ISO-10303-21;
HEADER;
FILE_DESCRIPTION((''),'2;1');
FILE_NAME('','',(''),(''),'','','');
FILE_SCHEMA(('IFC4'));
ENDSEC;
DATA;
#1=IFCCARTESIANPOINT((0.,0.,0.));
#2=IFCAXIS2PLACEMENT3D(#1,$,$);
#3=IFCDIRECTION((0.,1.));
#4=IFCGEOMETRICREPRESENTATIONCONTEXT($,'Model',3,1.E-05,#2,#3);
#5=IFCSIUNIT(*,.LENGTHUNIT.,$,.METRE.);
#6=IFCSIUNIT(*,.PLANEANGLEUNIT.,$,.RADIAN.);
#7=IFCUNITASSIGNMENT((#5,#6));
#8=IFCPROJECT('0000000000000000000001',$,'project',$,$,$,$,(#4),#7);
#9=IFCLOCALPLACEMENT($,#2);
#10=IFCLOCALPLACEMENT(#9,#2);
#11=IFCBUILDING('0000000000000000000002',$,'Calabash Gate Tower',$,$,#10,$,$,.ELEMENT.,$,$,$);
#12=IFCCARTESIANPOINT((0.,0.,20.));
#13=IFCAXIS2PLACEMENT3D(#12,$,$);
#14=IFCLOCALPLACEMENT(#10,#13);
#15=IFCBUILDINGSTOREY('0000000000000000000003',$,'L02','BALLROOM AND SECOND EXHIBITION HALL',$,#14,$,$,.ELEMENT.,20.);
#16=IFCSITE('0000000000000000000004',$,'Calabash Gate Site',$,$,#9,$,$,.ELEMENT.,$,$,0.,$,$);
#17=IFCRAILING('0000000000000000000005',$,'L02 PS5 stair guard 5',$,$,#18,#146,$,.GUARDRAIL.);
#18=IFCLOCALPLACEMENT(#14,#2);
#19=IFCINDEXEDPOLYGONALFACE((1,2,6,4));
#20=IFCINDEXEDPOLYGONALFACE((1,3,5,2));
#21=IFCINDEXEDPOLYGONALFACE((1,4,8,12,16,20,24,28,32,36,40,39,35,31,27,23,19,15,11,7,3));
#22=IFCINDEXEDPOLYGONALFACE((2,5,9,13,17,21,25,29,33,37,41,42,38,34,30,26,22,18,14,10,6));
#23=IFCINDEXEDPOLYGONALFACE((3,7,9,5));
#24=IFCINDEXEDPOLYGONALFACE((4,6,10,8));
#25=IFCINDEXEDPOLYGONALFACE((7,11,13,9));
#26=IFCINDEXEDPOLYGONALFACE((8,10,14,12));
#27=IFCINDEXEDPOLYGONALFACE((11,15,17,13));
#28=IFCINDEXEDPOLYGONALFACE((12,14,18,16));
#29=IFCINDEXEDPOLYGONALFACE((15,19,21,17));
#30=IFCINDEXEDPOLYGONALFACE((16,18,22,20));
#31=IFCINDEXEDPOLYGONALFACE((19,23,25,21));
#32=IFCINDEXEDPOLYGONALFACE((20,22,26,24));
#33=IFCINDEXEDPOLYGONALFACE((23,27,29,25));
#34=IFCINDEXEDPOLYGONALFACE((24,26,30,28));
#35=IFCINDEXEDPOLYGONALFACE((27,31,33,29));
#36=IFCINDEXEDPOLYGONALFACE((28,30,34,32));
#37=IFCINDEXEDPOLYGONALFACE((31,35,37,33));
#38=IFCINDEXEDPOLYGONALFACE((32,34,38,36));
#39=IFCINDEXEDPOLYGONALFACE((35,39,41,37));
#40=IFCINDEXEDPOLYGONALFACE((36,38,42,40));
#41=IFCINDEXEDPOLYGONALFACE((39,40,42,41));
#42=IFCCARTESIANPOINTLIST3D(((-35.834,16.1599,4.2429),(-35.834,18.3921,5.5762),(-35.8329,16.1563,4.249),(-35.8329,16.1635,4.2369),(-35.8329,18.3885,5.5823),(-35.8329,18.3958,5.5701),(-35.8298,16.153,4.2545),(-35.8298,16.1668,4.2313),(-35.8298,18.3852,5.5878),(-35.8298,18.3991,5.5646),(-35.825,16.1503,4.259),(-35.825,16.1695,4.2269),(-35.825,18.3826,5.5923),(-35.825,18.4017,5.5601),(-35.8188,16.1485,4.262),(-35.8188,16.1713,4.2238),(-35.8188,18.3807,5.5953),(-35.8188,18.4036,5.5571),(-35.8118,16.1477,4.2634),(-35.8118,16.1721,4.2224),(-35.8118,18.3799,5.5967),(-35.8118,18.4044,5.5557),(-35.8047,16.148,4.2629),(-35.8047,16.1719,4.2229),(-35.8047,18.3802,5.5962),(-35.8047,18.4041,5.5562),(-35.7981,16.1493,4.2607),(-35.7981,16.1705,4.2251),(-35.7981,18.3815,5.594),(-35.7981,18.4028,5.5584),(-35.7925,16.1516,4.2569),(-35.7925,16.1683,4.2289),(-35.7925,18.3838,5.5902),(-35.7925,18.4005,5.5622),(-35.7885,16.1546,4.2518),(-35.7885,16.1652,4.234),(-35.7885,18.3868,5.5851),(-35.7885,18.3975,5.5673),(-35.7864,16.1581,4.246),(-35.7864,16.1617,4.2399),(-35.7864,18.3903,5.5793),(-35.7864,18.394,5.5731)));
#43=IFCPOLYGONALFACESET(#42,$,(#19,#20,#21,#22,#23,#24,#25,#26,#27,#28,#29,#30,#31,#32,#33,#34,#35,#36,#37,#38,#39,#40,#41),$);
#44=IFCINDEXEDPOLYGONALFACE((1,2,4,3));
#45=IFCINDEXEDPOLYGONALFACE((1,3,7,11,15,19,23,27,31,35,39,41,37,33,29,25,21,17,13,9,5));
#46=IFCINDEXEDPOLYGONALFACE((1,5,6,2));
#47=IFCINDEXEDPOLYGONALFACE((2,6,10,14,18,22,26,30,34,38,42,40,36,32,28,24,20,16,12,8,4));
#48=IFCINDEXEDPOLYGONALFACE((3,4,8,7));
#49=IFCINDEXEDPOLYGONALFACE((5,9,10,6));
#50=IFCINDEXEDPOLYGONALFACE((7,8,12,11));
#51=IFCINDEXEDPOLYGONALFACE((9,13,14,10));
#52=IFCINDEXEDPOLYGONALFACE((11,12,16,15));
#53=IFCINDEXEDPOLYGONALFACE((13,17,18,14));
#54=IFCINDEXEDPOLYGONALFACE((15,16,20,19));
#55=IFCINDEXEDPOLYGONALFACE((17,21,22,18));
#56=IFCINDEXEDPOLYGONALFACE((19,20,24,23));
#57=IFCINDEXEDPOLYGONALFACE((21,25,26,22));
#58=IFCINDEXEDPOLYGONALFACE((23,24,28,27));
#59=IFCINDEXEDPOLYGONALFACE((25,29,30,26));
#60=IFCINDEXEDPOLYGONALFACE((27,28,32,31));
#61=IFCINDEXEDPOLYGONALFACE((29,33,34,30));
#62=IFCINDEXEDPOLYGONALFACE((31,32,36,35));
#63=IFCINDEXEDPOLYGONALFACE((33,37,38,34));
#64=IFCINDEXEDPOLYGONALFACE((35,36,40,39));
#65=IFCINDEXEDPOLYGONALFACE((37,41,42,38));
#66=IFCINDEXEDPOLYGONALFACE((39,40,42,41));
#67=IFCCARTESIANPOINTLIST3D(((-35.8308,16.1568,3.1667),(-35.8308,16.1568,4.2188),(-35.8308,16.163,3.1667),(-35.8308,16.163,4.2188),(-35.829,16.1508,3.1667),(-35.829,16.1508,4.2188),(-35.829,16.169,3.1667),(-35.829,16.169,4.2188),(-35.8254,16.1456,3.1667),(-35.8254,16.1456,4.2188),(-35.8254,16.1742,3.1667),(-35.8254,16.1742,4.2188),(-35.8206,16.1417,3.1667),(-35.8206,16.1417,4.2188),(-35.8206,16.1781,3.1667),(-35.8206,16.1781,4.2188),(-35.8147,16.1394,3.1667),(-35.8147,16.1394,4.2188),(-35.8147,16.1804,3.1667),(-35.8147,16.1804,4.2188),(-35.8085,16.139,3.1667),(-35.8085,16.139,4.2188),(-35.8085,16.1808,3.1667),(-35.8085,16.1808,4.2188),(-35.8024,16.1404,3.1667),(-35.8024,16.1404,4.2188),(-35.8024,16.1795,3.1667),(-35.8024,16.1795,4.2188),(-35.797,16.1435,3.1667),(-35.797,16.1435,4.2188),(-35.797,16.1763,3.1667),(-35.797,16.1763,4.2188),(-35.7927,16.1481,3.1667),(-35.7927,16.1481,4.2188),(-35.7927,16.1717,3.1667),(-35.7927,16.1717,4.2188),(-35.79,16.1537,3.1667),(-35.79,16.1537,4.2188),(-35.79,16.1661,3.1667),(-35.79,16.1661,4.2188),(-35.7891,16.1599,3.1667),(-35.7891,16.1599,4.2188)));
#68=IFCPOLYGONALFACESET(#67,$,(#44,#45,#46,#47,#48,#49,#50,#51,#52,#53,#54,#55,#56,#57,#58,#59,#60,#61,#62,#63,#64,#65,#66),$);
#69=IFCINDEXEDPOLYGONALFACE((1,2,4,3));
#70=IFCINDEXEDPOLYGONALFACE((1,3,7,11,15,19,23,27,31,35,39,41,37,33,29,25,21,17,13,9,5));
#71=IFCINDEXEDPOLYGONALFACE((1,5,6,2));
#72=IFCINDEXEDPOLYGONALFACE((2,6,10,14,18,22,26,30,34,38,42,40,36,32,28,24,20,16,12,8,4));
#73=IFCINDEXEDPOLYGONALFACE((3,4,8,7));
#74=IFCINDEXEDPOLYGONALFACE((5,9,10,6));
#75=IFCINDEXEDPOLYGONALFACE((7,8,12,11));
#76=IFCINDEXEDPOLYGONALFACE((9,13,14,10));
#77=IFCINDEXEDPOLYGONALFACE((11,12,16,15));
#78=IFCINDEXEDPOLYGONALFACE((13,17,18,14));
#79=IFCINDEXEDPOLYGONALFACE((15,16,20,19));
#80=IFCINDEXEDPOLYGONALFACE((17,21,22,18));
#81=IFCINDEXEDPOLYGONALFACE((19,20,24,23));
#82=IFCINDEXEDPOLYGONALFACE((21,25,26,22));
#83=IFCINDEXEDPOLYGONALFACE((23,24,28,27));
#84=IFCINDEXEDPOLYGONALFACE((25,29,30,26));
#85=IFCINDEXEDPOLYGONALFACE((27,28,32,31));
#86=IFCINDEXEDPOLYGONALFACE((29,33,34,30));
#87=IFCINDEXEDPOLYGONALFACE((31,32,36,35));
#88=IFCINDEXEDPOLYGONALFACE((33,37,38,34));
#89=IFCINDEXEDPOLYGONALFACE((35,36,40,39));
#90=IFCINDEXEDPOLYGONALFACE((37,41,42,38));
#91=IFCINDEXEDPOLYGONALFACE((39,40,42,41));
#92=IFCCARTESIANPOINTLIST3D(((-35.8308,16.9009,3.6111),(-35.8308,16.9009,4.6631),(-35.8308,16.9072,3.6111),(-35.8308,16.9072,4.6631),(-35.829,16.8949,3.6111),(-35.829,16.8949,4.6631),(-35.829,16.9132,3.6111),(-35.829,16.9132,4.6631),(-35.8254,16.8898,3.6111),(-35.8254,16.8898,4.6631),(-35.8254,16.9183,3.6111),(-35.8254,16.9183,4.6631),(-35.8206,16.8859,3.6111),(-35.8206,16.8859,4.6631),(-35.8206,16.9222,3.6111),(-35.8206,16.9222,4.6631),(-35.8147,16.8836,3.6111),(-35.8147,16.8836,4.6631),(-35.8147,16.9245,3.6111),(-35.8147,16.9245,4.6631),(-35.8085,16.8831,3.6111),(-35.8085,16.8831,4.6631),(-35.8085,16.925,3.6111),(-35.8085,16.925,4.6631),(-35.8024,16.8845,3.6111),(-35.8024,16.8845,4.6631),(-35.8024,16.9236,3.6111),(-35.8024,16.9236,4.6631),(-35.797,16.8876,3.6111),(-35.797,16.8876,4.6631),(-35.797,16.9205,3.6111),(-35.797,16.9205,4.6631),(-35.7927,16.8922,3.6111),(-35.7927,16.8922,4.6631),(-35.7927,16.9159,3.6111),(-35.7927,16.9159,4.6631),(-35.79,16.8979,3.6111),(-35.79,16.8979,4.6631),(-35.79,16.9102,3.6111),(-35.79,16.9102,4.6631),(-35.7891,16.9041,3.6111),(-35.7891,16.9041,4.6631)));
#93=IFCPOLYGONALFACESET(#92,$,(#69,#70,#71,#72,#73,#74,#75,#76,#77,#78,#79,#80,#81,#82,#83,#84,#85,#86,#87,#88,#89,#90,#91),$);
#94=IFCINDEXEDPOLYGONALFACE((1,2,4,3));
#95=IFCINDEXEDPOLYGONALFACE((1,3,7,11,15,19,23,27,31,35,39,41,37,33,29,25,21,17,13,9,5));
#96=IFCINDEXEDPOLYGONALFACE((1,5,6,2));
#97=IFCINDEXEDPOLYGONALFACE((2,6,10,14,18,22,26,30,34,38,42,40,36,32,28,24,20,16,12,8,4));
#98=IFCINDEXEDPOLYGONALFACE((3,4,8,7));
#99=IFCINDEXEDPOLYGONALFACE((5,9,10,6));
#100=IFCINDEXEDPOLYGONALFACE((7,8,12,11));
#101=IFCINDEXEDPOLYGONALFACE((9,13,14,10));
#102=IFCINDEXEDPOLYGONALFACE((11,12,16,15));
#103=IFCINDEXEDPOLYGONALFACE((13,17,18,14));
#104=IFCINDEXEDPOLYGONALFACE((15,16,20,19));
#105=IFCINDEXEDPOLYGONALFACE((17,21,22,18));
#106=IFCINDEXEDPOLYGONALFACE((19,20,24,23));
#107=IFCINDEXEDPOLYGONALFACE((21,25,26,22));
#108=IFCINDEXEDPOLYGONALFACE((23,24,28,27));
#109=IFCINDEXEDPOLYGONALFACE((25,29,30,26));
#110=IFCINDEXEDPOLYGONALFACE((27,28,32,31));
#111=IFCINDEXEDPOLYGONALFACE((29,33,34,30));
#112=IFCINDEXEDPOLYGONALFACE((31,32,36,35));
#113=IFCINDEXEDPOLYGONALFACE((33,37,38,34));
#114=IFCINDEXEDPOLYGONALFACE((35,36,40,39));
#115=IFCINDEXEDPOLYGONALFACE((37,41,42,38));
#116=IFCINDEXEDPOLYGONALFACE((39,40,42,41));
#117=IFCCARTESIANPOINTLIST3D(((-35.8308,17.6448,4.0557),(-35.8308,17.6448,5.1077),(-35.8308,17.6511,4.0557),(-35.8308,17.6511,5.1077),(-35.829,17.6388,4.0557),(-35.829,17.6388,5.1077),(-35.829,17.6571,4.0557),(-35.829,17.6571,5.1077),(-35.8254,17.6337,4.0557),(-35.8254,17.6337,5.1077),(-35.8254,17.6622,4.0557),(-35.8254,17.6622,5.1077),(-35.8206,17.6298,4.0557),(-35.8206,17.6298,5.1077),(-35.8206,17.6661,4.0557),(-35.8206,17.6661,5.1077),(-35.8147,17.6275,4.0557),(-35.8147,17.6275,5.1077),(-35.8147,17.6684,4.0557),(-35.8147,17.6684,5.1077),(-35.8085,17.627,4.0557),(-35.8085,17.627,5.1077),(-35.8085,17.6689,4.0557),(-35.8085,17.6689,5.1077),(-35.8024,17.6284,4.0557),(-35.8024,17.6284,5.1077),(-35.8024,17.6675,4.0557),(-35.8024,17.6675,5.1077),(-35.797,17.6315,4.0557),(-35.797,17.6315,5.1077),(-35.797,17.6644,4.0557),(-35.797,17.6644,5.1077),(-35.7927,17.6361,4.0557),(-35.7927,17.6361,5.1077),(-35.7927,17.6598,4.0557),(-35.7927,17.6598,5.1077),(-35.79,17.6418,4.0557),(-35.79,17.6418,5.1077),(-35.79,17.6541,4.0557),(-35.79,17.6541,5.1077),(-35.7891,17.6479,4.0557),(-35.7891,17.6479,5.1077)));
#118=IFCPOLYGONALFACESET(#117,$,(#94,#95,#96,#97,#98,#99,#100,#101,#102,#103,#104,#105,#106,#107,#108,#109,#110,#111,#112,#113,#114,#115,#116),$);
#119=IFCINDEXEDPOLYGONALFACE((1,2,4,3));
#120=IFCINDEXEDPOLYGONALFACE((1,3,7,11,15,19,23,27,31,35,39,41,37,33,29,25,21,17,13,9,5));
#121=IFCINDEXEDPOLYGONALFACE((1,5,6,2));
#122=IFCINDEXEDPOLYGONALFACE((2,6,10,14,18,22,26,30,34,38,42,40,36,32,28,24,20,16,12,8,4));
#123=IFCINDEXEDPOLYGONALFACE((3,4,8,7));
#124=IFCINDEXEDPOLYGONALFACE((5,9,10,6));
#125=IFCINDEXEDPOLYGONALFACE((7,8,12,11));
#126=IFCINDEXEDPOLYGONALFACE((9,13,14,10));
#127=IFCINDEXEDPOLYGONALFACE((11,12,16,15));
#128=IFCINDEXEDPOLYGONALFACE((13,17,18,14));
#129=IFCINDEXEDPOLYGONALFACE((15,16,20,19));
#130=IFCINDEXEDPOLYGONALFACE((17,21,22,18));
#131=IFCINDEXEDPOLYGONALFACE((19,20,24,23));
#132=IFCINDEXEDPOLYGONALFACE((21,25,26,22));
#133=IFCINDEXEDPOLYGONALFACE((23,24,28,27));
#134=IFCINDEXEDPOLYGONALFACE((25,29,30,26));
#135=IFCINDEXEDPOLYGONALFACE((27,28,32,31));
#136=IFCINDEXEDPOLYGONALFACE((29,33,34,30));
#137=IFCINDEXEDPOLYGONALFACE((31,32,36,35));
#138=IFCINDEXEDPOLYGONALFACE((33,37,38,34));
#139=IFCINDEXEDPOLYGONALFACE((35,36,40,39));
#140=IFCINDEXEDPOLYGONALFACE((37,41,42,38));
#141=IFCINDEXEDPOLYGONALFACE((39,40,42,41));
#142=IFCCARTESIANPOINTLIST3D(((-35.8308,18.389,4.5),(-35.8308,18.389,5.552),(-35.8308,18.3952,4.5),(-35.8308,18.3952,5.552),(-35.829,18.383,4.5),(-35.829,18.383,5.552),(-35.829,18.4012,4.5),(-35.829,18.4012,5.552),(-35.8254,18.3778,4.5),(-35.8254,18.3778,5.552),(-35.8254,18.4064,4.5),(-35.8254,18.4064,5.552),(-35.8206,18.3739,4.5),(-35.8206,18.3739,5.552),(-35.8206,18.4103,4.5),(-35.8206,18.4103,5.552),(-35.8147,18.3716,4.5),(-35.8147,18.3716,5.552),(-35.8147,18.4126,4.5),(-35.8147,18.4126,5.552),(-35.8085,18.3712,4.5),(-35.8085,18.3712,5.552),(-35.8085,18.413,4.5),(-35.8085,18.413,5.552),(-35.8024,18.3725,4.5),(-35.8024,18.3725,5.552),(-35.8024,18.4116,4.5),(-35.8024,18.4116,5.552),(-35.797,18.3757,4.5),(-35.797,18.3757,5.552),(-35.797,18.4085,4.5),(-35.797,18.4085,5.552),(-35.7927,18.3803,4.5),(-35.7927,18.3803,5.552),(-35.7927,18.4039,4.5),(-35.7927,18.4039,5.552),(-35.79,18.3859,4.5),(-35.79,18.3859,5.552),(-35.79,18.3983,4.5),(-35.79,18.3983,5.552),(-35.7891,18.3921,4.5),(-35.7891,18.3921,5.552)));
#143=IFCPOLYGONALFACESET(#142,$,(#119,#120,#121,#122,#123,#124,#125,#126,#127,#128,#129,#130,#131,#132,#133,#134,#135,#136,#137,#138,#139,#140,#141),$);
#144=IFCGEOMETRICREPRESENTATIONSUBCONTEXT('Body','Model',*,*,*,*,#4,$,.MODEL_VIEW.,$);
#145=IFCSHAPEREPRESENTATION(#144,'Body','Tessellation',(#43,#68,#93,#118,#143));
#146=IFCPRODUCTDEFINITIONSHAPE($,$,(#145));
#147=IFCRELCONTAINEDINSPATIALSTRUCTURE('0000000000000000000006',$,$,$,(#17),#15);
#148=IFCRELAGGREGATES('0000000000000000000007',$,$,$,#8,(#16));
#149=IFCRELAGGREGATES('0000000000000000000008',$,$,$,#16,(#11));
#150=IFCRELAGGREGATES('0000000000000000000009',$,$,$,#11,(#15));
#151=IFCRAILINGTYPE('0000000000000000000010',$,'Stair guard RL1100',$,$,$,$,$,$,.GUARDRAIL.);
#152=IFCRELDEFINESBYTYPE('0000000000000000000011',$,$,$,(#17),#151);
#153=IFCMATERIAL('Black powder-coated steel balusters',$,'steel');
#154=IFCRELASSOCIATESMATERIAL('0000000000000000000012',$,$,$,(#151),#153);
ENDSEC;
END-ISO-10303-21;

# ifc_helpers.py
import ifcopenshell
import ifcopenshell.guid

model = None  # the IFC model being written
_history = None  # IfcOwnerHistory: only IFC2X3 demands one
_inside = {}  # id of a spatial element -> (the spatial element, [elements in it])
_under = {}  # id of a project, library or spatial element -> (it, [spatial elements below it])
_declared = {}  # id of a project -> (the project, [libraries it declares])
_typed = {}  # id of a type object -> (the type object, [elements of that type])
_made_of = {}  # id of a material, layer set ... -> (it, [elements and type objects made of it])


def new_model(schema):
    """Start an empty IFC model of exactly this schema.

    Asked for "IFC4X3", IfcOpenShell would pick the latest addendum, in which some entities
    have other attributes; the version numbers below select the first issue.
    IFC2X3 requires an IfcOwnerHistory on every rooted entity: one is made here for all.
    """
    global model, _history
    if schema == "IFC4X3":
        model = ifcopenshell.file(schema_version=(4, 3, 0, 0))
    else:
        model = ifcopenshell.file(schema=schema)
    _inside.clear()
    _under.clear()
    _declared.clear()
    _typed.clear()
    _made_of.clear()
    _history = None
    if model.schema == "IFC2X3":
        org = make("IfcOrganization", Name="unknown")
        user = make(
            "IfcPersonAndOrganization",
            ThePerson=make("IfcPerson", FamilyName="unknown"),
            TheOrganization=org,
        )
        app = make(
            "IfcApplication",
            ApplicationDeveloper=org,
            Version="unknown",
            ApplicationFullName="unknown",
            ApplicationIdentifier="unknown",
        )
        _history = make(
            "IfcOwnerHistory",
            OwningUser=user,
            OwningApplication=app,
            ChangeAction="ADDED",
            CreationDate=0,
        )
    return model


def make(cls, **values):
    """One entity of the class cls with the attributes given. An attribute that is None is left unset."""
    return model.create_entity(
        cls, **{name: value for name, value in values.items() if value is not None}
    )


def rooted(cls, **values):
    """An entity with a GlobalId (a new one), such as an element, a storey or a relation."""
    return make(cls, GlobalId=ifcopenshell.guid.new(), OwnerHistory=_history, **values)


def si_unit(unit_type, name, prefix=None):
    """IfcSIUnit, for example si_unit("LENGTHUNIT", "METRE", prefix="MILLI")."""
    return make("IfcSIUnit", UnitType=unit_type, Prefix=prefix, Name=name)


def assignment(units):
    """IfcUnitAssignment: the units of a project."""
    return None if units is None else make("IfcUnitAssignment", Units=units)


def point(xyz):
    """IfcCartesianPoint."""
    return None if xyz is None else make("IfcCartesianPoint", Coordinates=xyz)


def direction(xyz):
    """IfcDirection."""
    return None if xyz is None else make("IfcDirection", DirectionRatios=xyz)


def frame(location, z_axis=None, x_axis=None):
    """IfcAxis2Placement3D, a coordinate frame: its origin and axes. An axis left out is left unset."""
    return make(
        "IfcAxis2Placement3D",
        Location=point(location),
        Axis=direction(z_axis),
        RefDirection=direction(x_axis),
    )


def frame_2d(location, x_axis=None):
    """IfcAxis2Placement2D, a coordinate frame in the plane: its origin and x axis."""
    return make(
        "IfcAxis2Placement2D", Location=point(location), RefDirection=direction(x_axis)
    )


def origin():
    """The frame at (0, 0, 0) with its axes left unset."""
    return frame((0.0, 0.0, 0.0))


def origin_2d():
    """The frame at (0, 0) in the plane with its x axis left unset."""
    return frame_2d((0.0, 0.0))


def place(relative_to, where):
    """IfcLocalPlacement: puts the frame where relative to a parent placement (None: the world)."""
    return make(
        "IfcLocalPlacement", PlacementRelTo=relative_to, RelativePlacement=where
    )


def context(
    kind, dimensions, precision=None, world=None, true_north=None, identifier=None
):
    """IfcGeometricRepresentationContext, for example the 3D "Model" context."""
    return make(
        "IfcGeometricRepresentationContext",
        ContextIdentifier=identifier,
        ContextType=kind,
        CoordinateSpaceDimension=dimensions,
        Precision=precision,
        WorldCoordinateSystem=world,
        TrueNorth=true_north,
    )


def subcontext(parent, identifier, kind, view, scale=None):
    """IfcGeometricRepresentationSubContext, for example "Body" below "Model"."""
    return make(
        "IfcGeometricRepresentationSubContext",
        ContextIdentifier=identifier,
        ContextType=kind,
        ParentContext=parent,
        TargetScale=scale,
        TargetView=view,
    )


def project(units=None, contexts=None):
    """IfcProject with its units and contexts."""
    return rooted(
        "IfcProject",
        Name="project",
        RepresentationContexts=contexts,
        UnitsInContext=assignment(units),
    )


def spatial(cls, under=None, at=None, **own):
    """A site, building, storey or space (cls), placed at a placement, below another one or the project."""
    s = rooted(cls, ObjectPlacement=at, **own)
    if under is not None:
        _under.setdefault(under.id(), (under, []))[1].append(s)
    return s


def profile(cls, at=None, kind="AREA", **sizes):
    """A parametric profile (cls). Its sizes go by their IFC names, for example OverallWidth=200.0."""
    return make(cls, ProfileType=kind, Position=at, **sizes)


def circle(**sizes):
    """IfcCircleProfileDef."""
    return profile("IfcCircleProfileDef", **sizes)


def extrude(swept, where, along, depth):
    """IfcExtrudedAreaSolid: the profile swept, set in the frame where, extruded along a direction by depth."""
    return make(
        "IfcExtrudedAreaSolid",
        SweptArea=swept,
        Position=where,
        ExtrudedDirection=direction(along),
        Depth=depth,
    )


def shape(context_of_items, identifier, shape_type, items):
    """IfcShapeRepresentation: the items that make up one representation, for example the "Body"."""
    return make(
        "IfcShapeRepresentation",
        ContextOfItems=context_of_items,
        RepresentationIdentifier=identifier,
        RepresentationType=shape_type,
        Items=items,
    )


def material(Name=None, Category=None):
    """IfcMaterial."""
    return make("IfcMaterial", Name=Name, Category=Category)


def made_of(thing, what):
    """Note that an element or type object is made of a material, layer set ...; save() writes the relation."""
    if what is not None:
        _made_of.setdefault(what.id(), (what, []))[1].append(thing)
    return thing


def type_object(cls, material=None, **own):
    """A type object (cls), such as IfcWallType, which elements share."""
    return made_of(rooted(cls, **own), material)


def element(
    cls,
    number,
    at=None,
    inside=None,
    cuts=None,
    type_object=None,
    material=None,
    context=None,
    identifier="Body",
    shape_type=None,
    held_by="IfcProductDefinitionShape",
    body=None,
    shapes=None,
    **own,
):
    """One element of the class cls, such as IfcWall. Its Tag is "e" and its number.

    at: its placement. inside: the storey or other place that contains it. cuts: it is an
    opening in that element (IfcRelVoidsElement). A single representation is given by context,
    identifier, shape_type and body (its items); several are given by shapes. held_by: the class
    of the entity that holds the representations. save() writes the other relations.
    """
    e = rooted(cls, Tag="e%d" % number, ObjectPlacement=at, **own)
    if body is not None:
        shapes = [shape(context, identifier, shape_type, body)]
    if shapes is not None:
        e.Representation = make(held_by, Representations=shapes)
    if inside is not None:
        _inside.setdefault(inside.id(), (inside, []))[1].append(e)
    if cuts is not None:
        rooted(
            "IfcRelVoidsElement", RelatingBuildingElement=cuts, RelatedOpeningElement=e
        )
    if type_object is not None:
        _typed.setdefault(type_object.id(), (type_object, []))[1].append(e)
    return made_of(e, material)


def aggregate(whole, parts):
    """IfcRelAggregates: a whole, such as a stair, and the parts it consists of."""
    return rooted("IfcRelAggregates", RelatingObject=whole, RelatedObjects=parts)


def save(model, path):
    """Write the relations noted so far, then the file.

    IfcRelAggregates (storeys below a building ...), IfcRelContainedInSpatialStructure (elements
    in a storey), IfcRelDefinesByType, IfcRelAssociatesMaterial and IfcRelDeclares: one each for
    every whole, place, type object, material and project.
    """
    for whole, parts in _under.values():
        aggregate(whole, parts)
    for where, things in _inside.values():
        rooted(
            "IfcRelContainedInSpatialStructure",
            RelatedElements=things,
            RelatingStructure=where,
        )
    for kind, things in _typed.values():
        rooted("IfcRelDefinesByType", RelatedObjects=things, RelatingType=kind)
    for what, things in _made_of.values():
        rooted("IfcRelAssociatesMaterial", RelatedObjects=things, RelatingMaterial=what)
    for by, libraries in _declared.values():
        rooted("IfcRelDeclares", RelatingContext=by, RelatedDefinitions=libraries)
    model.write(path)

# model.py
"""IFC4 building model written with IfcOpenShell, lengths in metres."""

from ifc_helpers import new_model, si_unit, direction, frame, origin, origin_2d, place, context, subcontext, project, spatial, circle, extrude, material, type_object, element, save


model = new_model("IFC4")

# Units and contexts
model_context = context("Model", 3, precision=1e-05, world=origin(), true_north=direction((0.0, 1.0)))
body_context = subcontext(model_context, "Body", "Model", "MODEL_VIEW")
ifc_project = project(units=[si_unit("LENGTHUNIT", "METRE"), si_unit("PLANEANGLEUNIT", "RADIAN")], contexts=[model_context])

# Site, building, storey
site_placement = place(None, origin())
site = spatial("IfcSite", under=ifc_project, at=site_placement, Name="Calabash Gate Site", CompositionType="ELEMENT", RefElevation=0.0)
building_placement = place(site_placement, origin())
building = spatial("IfcBuilding", under=site, at=building_placement, Name="Calabash Gate Tower", CompositionType="ELEMENT")
storey_placement = place(building_placement, frame((0.0, 0.0, 20.0)))
storey = spatial("IfcBuildingStorey", under=building, at=storey_placement, Name="L02", Description="BALLROOM AND SECOND EXHIBITION HALL", CompositionType="ELEMENT", Elevation=20.0)

# Railing
ifc_material_1 = material(Name="Black powder-coated steel balusters", Category="steel")
railing_type_1 = type_object("IfcRailingType", Name="Stair guard RL1100", PredefinedType="GUARDRAIL", material=ifc_material_1)
railing_1_placement = place(storey_placement, frame((-35.8101, 16.1599, 3.1667)))
element("IfcRailing", 1, at=railing_1_placement, inside=storey, type_object=railing_type_1, Name="L02 PS5 stair guard 5", PredefinedType="GUARDRAIL", context=body_context, shape_type="SweptSolid", body=[
    extrude(circle(Radius=0.0239, at=origin_2d()), frame((0.0, 0.0, 1.0762), z_axis=(0.0, 0.858519, 0.512782), x_axis=(-1.0, 0.0, 0.0)), (0.0, 0.0, 1.0), 2.6001),
    extrude(circle(Radius=0.021, at=origin_2d()), origin(), (0.0, 0.0, 1.0), 1.052),
    extrude(circle(Radius=0.021, at=origin_2d()), frame((0.0, 0.7441, 0.4443)), (0.0, 0.0, 1.0), 1.052),
    extrude(circle(Radius=0.021, at=origin_2d()), frame((0.0, 1.488, 0.8889)), (0.0, 0.0, 1.0), 1.052),
    extrude(circle(Radius=0.021, at=origin_2d()), frame((0.0, 2.2322, 1.3333)), (0.0, 0.0, 1.0), 1.052),
])

save(model, "model.ifc")
